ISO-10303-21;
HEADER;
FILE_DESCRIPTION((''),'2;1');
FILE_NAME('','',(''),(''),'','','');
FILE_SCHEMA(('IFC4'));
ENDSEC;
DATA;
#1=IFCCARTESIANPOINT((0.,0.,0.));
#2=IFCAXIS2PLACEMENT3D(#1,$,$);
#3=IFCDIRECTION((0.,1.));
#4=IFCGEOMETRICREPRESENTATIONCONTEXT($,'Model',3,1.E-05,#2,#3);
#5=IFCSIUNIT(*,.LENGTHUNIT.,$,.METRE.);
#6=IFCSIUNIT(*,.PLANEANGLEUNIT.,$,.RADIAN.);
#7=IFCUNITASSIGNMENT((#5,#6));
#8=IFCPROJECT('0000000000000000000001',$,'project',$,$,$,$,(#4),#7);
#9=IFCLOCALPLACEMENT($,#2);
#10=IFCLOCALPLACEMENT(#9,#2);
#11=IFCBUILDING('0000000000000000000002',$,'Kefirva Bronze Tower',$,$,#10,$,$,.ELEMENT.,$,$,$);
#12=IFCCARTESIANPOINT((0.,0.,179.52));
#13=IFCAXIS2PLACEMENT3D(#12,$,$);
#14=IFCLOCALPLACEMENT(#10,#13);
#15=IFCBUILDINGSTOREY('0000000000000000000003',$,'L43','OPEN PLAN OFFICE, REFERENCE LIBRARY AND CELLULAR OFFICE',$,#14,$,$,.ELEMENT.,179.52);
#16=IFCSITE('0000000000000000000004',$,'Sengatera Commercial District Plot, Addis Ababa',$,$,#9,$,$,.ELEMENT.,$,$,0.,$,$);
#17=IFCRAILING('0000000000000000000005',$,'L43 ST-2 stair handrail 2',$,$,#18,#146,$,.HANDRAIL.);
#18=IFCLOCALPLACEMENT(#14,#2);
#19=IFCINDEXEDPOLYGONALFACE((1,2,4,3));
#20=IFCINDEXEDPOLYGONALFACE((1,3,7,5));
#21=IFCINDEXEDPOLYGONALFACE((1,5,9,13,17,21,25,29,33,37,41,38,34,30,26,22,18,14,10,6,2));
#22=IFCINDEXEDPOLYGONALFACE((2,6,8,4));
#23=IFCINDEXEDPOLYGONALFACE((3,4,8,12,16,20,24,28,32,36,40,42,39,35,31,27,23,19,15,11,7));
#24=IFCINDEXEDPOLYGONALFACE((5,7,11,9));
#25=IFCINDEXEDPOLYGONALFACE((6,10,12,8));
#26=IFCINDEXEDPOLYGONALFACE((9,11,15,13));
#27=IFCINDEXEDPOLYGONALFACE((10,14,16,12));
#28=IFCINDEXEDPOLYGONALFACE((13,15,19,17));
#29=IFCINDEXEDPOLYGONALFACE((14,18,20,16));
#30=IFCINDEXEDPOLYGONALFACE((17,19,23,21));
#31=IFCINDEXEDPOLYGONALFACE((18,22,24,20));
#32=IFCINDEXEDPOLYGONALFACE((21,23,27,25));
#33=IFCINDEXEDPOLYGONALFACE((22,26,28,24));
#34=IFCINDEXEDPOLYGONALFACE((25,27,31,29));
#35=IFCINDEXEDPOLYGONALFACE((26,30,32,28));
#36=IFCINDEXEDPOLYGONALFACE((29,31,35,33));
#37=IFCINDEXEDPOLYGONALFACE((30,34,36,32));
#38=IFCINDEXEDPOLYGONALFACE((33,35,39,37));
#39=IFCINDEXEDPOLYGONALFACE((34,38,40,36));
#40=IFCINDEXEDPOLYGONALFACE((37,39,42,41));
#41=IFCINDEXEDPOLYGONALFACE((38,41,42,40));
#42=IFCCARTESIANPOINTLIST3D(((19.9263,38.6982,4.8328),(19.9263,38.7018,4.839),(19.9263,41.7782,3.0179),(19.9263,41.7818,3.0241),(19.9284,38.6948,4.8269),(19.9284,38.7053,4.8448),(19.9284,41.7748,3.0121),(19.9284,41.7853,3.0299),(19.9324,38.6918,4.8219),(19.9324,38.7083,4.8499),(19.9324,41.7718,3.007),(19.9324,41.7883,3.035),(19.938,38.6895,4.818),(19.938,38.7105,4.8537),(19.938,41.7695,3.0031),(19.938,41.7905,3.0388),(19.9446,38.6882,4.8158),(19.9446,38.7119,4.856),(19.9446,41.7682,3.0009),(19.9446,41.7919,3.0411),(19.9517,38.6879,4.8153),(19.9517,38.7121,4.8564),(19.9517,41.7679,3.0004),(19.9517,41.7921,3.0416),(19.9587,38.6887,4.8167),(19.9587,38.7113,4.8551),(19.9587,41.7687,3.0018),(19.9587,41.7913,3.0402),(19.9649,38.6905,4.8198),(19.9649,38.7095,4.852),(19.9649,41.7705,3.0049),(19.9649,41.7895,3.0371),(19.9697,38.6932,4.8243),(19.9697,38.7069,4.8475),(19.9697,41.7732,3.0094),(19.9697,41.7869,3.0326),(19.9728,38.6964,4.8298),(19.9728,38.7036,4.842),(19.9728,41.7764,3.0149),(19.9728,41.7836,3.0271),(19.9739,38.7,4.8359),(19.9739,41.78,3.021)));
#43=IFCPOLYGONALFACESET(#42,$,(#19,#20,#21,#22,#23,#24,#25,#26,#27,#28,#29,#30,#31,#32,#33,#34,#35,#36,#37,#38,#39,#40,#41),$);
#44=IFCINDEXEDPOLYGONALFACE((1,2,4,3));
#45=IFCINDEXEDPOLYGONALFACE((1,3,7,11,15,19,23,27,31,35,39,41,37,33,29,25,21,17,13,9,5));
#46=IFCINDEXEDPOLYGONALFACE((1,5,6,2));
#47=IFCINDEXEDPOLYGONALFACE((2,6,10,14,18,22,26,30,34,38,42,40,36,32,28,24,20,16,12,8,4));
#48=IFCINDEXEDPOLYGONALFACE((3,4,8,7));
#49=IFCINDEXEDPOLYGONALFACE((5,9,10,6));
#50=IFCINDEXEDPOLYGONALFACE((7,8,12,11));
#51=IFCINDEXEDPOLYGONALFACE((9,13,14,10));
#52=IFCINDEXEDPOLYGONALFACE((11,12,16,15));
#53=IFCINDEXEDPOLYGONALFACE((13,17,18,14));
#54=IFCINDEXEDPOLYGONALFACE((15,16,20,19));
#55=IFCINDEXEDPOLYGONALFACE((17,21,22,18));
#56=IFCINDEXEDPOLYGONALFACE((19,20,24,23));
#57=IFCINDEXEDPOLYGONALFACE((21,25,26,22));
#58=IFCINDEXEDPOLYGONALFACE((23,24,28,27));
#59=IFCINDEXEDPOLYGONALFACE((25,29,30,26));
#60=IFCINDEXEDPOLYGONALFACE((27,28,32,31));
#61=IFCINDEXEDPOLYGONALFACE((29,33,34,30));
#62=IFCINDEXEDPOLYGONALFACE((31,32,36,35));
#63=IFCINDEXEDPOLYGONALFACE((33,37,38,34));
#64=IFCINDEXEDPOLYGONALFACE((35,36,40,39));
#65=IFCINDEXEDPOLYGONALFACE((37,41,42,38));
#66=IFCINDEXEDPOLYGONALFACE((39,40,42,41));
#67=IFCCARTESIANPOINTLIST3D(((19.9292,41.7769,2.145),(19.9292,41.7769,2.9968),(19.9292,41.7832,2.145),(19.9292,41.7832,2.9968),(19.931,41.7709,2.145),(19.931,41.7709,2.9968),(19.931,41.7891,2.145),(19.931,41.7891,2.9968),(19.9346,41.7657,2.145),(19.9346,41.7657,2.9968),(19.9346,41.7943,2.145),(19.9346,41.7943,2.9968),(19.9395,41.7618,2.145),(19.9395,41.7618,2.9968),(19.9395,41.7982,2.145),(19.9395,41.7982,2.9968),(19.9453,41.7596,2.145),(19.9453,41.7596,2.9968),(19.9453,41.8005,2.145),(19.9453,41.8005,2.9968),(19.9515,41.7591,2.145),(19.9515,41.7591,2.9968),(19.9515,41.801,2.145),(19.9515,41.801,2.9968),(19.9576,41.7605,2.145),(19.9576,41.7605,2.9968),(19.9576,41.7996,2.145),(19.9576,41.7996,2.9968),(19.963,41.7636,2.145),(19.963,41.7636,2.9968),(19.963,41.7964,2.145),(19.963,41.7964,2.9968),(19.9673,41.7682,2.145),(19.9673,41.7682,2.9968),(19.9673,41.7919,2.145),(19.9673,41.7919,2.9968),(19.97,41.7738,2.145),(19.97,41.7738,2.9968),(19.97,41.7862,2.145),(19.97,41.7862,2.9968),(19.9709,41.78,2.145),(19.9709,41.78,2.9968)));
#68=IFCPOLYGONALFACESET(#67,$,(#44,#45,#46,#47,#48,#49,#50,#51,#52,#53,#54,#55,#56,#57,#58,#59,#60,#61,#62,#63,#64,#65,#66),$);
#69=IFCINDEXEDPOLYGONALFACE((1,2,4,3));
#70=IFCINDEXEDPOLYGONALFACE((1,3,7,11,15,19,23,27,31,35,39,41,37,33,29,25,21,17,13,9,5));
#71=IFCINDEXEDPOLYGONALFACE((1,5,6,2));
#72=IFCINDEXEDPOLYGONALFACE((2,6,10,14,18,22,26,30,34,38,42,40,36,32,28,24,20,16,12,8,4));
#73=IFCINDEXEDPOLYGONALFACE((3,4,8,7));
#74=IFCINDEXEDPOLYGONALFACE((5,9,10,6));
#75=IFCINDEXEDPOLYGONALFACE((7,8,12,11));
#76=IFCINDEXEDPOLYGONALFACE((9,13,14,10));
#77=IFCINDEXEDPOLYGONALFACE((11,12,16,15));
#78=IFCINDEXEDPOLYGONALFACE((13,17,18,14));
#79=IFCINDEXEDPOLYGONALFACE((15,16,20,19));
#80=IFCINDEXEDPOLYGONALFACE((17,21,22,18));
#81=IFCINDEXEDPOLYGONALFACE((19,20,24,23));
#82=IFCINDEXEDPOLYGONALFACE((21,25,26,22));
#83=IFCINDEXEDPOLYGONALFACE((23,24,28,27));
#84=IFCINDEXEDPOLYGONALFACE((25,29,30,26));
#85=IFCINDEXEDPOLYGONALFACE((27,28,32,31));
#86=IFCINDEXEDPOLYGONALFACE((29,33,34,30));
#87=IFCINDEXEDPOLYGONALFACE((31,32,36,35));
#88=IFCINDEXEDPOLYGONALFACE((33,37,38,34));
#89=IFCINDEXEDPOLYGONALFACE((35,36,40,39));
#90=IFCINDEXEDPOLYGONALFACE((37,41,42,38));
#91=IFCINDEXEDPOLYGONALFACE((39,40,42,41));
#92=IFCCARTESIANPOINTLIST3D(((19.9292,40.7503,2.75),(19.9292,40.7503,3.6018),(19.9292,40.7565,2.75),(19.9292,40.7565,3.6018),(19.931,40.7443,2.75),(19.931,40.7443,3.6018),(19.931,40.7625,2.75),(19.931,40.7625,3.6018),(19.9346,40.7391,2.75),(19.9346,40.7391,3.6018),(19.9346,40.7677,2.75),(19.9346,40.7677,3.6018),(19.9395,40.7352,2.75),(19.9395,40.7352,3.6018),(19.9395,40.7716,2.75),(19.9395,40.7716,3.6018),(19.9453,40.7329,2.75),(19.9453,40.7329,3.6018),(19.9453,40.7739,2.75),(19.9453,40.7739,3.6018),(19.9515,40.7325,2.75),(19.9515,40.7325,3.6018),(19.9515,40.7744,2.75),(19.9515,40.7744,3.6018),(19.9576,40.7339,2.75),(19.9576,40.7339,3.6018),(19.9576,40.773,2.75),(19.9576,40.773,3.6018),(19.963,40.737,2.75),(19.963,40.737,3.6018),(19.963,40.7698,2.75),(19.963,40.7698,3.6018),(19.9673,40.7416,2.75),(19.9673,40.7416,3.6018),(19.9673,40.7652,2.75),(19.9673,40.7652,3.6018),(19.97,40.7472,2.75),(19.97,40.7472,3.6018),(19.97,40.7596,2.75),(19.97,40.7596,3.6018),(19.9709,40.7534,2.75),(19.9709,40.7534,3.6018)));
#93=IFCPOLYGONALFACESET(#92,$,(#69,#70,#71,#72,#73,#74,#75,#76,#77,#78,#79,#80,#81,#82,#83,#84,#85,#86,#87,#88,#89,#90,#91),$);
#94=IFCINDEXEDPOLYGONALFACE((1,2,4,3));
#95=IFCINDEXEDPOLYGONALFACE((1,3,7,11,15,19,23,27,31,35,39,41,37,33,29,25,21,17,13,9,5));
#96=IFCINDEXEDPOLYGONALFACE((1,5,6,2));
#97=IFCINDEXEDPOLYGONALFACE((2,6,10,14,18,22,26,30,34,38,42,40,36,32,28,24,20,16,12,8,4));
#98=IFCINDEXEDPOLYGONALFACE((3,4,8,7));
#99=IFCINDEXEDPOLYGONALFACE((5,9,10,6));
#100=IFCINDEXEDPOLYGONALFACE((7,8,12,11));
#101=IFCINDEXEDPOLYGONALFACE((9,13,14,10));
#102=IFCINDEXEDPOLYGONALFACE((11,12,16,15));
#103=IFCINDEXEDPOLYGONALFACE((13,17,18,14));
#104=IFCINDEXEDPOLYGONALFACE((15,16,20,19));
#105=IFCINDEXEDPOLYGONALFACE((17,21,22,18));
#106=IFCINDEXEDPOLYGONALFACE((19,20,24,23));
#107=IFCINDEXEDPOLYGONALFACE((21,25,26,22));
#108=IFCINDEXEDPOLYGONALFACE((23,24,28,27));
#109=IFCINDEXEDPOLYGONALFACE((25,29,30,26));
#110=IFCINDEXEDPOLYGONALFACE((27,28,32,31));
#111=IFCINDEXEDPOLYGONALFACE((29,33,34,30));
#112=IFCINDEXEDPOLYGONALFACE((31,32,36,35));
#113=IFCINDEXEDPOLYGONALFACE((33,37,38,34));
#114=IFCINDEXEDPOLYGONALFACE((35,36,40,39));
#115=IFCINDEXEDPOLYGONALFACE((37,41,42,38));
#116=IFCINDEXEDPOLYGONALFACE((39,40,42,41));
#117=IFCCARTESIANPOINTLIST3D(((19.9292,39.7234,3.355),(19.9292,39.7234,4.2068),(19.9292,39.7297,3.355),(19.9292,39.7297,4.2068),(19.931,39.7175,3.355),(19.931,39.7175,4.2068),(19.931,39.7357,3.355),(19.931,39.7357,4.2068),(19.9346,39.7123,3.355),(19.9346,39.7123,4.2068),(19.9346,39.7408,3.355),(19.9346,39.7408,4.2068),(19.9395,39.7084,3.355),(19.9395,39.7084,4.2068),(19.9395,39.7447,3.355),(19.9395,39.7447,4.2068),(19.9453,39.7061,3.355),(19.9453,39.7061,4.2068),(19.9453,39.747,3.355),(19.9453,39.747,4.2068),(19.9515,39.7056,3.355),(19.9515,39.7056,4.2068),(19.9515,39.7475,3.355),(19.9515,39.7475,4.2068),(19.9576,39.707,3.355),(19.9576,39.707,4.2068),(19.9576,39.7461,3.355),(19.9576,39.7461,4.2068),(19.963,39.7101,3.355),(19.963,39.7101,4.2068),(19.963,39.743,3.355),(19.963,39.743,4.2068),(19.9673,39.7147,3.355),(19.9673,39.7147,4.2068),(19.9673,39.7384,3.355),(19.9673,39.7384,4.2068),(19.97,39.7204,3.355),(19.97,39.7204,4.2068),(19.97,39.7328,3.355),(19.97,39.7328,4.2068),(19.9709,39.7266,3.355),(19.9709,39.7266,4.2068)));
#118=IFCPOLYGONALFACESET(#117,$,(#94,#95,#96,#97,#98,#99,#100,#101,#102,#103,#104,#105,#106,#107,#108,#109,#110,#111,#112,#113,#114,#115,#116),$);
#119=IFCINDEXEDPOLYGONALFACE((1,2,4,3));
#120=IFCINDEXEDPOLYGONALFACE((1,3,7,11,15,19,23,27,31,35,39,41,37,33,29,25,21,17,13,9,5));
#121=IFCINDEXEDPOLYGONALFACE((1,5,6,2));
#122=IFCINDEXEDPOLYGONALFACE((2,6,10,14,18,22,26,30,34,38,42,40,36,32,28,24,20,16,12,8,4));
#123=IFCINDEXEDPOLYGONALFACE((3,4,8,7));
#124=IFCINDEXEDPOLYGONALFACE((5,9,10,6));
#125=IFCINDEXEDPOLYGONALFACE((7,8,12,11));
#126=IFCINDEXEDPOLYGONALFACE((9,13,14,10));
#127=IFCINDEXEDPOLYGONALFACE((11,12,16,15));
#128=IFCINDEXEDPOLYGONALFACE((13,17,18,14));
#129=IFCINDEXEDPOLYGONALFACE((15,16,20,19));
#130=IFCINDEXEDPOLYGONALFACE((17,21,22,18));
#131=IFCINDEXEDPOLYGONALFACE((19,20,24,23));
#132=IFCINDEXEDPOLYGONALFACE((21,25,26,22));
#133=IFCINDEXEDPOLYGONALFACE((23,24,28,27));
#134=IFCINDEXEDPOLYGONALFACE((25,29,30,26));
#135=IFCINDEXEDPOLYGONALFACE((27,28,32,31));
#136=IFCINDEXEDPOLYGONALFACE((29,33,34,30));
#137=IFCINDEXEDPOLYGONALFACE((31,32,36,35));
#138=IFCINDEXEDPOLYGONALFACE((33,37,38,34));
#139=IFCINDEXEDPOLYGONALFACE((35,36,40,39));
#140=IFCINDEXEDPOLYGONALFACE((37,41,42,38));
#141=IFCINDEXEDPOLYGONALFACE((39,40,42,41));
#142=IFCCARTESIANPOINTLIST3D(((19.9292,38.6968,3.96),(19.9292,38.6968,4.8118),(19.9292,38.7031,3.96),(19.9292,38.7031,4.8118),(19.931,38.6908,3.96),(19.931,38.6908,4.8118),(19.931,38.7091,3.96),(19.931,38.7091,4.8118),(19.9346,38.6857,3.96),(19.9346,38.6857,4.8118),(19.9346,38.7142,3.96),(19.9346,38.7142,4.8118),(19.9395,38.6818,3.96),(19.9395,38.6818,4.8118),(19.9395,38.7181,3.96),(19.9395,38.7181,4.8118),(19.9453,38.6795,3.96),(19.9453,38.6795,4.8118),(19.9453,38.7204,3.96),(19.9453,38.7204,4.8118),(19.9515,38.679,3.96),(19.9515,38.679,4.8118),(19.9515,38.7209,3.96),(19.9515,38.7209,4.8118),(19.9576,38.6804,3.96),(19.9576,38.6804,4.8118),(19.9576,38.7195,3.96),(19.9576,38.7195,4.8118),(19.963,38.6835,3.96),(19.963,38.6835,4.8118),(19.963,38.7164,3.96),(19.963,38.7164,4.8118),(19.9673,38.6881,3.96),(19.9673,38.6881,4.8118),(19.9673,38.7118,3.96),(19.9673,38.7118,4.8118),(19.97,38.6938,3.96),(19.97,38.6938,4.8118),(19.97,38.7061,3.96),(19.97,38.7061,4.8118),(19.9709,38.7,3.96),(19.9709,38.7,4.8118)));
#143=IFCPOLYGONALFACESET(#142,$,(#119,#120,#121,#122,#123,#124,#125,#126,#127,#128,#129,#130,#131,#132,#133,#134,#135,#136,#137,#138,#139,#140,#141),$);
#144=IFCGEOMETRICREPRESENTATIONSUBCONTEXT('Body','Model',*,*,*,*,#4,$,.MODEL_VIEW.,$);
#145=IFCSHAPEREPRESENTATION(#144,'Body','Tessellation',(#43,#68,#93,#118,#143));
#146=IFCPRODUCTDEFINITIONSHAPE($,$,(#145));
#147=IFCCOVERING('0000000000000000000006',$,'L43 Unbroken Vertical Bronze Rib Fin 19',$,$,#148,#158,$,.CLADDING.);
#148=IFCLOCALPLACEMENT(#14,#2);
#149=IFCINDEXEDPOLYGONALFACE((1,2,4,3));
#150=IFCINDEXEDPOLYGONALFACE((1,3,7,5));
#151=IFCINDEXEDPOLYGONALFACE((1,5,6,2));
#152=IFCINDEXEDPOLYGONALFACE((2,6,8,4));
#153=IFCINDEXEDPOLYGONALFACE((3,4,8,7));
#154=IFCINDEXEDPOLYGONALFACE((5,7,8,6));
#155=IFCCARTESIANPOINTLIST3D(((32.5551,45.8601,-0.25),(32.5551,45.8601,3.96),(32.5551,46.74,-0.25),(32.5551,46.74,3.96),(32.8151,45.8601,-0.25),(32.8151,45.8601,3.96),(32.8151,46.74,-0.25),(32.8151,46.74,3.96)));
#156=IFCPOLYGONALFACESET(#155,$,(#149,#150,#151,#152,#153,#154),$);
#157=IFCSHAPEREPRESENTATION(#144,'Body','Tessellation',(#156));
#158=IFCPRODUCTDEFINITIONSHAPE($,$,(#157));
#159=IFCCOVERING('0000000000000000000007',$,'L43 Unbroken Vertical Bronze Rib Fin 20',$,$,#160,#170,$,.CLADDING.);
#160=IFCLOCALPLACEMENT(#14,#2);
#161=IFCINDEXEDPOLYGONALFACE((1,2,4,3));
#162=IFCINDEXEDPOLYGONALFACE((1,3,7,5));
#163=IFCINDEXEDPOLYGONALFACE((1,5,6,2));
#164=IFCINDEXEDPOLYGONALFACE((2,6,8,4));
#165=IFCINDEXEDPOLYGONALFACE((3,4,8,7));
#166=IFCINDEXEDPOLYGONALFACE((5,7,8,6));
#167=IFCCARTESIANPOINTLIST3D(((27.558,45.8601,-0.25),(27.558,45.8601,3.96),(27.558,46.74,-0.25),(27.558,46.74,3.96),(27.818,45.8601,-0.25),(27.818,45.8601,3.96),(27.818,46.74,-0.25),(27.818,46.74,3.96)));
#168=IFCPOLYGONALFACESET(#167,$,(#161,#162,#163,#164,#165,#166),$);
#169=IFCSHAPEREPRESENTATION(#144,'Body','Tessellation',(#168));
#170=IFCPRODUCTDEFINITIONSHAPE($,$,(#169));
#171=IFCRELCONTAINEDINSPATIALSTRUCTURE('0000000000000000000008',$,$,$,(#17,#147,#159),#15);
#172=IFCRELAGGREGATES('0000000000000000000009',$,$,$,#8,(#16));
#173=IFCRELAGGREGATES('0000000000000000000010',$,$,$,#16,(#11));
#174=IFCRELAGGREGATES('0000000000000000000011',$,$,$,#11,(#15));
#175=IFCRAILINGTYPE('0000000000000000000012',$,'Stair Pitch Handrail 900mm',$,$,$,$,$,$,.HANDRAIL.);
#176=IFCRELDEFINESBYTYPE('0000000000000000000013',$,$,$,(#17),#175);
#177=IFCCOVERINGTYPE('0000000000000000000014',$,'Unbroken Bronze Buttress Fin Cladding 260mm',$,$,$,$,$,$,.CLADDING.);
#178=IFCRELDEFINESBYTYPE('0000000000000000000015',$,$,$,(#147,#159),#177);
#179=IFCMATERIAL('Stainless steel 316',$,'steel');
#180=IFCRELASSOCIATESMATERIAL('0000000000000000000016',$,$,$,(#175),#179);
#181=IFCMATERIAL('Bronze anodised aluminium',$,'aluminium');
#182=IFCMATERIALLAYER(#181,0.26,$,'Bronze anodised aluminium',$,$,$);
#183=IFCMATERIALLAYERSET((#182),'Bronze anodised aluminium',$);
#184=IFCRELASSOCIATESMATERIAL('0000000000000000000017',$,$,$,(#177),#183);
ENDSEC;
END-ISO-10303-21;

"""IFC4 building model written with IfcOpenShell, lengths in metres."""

from ifc_helpers import new_model, si_unit, direction, frame, origin, origin_2d, place, context, subcontext, project, spatial, rectangle, circle, extrude, material, layer, layer_set, type_object, element, save


model = new_model("IFC4")

# Units and contexts
model_context = context("Model", 3, precision=1e-05, world=origin(), true_north=direction((0.0, 1.0)))
body_context = subcontext(model_context, "Body", "Model", "MODEL_VIEW")
ifc_project = project(units=[si_unit("LENGTHUNIT", "METRE"), si_unit("PLANEANGLEUNIT", "RADIAN")], contexts=[model_context])

# Site, building, storey
site_placement = place(None, origin())
site = spatial("IfcSite", under=ifc_project, at=site_placement, Name="Sengatera Commercial District Plot, Addis Ababa", CompositionType="ELEMENT", RefElevation=0.0)
building_placement = place(site_placement, origin())
building = spatial("IfcBuilding", under=site, at=building_placement, Name="Kefirva Bronze Tower", CompositionType="ELEMENT")
storey_placement = place(building_placement, frame((0.0, 0.0, 179.52)))
storey = spatial("IfcBuildingStorey", under=building, at=storey_placement, Name="L43", Description="OPEN PLAN OFFICE, REFERENCE LIBRARY AND CELLULAR OFFICE", CompositionType="ELEMENT", Elevation=179.52)

# Shared definitions
ifc_material_1 = material(Name="Bronze anodised aluminium", Category="aluminium")

# Railing
ifc_material_2 = material(Name="Stainless steel 316", Category="steel")
railing_type_1 = type_object("IfcRailingType", Name="Stair Pitch Handrail 900mm", PredefinedType="HANDRAIL", material=ifc_material_2)
railing_1_placement = place(storey_placement, frame((19.95, 41.78, 2.145)))
element("IfcRailing", 1, at=railing_1_placement, inside=storey, type_object=railing_type_1, Name="L43 ST-2 stair handrail 2", PredefinedType="HANDRAIL", context=body_context, shape_type="SweptSolid", body=[
    extrude(circle(Radius=0.0239, at=origin_2d()), frame((0.0, 0.0, 0.876), z_axis=(0.0, -0.861551, 0.507671), x_axis=(1.0, 0.0, 0.0)), (0.0, 0.0, 1.0), 3.575),
    extrude(circle(Radius=0.021, at=origin_2d()), origin(), (0.0, 0.0, 1.0), 0.8518),
    extrude(circle(Radius=0.021, at=origin_2d()), frame((0.0, -1.0266, 0.605)), (0.0, 0.0, 1.0), 0.8518),
    extrude(circle(Radius=0.021, at=origin_2d()), frame((0.0, -2.0535, 1.21)), (0.0, 0.0, 1.0), 0.8518),
    extrude(circle(Radius=0.021, at=origin_2d()), frame((0.0, -3.0801, 1.8149)), (0.0, 0.0, 1.0), 0.8518),
])

# Coverings
ifc_layer_1 = layer(ifc_material_1, 0.26, Name="Bronze anodised aluminium")
ifc_layer_set_1 = layer_set([ifc_layer_1], Name="Bronze anodised aluminium")
covering_type = type_object("IfcCoveringType", Name="Unbroken Bronze Buttress Fin Cladding 260mm", PredefinedType="CLADDING", material=ifc_layer_set_1)
for number, where, z_axis, x_axis, name in (
    (2, (32.6851, 46.3, -0.25), (0.0, 0.0, 1.0), (-1.0, 0.0, 0.0), "L43 Unbroken Vertical Bronze Rib Fin 19"),
    (3, (27.688, 46.3, -0.25), (0.0, 0.0, 1.0), (-1.0, 0.0, 0.0), "L43 Unbroken Vertical Bronze Rib Fin 20"),
):
    element("IfcCovering", number, at=place(storey_placement, frame(where, z_axis=z_axis, x_axis=x_axis)), inside=storey, type_object=covering_type, Name=name, PredefinedType="CLADDING", context=body_context, shape_type="SweptSolid", body=[
        extrude(rectangle(XDim=0.26, YDim=0.8799, at=origin_2d()), origin(), (0.0, 0.0, 1.0), 4.21),
    ])

save(model, "model.ifc")
